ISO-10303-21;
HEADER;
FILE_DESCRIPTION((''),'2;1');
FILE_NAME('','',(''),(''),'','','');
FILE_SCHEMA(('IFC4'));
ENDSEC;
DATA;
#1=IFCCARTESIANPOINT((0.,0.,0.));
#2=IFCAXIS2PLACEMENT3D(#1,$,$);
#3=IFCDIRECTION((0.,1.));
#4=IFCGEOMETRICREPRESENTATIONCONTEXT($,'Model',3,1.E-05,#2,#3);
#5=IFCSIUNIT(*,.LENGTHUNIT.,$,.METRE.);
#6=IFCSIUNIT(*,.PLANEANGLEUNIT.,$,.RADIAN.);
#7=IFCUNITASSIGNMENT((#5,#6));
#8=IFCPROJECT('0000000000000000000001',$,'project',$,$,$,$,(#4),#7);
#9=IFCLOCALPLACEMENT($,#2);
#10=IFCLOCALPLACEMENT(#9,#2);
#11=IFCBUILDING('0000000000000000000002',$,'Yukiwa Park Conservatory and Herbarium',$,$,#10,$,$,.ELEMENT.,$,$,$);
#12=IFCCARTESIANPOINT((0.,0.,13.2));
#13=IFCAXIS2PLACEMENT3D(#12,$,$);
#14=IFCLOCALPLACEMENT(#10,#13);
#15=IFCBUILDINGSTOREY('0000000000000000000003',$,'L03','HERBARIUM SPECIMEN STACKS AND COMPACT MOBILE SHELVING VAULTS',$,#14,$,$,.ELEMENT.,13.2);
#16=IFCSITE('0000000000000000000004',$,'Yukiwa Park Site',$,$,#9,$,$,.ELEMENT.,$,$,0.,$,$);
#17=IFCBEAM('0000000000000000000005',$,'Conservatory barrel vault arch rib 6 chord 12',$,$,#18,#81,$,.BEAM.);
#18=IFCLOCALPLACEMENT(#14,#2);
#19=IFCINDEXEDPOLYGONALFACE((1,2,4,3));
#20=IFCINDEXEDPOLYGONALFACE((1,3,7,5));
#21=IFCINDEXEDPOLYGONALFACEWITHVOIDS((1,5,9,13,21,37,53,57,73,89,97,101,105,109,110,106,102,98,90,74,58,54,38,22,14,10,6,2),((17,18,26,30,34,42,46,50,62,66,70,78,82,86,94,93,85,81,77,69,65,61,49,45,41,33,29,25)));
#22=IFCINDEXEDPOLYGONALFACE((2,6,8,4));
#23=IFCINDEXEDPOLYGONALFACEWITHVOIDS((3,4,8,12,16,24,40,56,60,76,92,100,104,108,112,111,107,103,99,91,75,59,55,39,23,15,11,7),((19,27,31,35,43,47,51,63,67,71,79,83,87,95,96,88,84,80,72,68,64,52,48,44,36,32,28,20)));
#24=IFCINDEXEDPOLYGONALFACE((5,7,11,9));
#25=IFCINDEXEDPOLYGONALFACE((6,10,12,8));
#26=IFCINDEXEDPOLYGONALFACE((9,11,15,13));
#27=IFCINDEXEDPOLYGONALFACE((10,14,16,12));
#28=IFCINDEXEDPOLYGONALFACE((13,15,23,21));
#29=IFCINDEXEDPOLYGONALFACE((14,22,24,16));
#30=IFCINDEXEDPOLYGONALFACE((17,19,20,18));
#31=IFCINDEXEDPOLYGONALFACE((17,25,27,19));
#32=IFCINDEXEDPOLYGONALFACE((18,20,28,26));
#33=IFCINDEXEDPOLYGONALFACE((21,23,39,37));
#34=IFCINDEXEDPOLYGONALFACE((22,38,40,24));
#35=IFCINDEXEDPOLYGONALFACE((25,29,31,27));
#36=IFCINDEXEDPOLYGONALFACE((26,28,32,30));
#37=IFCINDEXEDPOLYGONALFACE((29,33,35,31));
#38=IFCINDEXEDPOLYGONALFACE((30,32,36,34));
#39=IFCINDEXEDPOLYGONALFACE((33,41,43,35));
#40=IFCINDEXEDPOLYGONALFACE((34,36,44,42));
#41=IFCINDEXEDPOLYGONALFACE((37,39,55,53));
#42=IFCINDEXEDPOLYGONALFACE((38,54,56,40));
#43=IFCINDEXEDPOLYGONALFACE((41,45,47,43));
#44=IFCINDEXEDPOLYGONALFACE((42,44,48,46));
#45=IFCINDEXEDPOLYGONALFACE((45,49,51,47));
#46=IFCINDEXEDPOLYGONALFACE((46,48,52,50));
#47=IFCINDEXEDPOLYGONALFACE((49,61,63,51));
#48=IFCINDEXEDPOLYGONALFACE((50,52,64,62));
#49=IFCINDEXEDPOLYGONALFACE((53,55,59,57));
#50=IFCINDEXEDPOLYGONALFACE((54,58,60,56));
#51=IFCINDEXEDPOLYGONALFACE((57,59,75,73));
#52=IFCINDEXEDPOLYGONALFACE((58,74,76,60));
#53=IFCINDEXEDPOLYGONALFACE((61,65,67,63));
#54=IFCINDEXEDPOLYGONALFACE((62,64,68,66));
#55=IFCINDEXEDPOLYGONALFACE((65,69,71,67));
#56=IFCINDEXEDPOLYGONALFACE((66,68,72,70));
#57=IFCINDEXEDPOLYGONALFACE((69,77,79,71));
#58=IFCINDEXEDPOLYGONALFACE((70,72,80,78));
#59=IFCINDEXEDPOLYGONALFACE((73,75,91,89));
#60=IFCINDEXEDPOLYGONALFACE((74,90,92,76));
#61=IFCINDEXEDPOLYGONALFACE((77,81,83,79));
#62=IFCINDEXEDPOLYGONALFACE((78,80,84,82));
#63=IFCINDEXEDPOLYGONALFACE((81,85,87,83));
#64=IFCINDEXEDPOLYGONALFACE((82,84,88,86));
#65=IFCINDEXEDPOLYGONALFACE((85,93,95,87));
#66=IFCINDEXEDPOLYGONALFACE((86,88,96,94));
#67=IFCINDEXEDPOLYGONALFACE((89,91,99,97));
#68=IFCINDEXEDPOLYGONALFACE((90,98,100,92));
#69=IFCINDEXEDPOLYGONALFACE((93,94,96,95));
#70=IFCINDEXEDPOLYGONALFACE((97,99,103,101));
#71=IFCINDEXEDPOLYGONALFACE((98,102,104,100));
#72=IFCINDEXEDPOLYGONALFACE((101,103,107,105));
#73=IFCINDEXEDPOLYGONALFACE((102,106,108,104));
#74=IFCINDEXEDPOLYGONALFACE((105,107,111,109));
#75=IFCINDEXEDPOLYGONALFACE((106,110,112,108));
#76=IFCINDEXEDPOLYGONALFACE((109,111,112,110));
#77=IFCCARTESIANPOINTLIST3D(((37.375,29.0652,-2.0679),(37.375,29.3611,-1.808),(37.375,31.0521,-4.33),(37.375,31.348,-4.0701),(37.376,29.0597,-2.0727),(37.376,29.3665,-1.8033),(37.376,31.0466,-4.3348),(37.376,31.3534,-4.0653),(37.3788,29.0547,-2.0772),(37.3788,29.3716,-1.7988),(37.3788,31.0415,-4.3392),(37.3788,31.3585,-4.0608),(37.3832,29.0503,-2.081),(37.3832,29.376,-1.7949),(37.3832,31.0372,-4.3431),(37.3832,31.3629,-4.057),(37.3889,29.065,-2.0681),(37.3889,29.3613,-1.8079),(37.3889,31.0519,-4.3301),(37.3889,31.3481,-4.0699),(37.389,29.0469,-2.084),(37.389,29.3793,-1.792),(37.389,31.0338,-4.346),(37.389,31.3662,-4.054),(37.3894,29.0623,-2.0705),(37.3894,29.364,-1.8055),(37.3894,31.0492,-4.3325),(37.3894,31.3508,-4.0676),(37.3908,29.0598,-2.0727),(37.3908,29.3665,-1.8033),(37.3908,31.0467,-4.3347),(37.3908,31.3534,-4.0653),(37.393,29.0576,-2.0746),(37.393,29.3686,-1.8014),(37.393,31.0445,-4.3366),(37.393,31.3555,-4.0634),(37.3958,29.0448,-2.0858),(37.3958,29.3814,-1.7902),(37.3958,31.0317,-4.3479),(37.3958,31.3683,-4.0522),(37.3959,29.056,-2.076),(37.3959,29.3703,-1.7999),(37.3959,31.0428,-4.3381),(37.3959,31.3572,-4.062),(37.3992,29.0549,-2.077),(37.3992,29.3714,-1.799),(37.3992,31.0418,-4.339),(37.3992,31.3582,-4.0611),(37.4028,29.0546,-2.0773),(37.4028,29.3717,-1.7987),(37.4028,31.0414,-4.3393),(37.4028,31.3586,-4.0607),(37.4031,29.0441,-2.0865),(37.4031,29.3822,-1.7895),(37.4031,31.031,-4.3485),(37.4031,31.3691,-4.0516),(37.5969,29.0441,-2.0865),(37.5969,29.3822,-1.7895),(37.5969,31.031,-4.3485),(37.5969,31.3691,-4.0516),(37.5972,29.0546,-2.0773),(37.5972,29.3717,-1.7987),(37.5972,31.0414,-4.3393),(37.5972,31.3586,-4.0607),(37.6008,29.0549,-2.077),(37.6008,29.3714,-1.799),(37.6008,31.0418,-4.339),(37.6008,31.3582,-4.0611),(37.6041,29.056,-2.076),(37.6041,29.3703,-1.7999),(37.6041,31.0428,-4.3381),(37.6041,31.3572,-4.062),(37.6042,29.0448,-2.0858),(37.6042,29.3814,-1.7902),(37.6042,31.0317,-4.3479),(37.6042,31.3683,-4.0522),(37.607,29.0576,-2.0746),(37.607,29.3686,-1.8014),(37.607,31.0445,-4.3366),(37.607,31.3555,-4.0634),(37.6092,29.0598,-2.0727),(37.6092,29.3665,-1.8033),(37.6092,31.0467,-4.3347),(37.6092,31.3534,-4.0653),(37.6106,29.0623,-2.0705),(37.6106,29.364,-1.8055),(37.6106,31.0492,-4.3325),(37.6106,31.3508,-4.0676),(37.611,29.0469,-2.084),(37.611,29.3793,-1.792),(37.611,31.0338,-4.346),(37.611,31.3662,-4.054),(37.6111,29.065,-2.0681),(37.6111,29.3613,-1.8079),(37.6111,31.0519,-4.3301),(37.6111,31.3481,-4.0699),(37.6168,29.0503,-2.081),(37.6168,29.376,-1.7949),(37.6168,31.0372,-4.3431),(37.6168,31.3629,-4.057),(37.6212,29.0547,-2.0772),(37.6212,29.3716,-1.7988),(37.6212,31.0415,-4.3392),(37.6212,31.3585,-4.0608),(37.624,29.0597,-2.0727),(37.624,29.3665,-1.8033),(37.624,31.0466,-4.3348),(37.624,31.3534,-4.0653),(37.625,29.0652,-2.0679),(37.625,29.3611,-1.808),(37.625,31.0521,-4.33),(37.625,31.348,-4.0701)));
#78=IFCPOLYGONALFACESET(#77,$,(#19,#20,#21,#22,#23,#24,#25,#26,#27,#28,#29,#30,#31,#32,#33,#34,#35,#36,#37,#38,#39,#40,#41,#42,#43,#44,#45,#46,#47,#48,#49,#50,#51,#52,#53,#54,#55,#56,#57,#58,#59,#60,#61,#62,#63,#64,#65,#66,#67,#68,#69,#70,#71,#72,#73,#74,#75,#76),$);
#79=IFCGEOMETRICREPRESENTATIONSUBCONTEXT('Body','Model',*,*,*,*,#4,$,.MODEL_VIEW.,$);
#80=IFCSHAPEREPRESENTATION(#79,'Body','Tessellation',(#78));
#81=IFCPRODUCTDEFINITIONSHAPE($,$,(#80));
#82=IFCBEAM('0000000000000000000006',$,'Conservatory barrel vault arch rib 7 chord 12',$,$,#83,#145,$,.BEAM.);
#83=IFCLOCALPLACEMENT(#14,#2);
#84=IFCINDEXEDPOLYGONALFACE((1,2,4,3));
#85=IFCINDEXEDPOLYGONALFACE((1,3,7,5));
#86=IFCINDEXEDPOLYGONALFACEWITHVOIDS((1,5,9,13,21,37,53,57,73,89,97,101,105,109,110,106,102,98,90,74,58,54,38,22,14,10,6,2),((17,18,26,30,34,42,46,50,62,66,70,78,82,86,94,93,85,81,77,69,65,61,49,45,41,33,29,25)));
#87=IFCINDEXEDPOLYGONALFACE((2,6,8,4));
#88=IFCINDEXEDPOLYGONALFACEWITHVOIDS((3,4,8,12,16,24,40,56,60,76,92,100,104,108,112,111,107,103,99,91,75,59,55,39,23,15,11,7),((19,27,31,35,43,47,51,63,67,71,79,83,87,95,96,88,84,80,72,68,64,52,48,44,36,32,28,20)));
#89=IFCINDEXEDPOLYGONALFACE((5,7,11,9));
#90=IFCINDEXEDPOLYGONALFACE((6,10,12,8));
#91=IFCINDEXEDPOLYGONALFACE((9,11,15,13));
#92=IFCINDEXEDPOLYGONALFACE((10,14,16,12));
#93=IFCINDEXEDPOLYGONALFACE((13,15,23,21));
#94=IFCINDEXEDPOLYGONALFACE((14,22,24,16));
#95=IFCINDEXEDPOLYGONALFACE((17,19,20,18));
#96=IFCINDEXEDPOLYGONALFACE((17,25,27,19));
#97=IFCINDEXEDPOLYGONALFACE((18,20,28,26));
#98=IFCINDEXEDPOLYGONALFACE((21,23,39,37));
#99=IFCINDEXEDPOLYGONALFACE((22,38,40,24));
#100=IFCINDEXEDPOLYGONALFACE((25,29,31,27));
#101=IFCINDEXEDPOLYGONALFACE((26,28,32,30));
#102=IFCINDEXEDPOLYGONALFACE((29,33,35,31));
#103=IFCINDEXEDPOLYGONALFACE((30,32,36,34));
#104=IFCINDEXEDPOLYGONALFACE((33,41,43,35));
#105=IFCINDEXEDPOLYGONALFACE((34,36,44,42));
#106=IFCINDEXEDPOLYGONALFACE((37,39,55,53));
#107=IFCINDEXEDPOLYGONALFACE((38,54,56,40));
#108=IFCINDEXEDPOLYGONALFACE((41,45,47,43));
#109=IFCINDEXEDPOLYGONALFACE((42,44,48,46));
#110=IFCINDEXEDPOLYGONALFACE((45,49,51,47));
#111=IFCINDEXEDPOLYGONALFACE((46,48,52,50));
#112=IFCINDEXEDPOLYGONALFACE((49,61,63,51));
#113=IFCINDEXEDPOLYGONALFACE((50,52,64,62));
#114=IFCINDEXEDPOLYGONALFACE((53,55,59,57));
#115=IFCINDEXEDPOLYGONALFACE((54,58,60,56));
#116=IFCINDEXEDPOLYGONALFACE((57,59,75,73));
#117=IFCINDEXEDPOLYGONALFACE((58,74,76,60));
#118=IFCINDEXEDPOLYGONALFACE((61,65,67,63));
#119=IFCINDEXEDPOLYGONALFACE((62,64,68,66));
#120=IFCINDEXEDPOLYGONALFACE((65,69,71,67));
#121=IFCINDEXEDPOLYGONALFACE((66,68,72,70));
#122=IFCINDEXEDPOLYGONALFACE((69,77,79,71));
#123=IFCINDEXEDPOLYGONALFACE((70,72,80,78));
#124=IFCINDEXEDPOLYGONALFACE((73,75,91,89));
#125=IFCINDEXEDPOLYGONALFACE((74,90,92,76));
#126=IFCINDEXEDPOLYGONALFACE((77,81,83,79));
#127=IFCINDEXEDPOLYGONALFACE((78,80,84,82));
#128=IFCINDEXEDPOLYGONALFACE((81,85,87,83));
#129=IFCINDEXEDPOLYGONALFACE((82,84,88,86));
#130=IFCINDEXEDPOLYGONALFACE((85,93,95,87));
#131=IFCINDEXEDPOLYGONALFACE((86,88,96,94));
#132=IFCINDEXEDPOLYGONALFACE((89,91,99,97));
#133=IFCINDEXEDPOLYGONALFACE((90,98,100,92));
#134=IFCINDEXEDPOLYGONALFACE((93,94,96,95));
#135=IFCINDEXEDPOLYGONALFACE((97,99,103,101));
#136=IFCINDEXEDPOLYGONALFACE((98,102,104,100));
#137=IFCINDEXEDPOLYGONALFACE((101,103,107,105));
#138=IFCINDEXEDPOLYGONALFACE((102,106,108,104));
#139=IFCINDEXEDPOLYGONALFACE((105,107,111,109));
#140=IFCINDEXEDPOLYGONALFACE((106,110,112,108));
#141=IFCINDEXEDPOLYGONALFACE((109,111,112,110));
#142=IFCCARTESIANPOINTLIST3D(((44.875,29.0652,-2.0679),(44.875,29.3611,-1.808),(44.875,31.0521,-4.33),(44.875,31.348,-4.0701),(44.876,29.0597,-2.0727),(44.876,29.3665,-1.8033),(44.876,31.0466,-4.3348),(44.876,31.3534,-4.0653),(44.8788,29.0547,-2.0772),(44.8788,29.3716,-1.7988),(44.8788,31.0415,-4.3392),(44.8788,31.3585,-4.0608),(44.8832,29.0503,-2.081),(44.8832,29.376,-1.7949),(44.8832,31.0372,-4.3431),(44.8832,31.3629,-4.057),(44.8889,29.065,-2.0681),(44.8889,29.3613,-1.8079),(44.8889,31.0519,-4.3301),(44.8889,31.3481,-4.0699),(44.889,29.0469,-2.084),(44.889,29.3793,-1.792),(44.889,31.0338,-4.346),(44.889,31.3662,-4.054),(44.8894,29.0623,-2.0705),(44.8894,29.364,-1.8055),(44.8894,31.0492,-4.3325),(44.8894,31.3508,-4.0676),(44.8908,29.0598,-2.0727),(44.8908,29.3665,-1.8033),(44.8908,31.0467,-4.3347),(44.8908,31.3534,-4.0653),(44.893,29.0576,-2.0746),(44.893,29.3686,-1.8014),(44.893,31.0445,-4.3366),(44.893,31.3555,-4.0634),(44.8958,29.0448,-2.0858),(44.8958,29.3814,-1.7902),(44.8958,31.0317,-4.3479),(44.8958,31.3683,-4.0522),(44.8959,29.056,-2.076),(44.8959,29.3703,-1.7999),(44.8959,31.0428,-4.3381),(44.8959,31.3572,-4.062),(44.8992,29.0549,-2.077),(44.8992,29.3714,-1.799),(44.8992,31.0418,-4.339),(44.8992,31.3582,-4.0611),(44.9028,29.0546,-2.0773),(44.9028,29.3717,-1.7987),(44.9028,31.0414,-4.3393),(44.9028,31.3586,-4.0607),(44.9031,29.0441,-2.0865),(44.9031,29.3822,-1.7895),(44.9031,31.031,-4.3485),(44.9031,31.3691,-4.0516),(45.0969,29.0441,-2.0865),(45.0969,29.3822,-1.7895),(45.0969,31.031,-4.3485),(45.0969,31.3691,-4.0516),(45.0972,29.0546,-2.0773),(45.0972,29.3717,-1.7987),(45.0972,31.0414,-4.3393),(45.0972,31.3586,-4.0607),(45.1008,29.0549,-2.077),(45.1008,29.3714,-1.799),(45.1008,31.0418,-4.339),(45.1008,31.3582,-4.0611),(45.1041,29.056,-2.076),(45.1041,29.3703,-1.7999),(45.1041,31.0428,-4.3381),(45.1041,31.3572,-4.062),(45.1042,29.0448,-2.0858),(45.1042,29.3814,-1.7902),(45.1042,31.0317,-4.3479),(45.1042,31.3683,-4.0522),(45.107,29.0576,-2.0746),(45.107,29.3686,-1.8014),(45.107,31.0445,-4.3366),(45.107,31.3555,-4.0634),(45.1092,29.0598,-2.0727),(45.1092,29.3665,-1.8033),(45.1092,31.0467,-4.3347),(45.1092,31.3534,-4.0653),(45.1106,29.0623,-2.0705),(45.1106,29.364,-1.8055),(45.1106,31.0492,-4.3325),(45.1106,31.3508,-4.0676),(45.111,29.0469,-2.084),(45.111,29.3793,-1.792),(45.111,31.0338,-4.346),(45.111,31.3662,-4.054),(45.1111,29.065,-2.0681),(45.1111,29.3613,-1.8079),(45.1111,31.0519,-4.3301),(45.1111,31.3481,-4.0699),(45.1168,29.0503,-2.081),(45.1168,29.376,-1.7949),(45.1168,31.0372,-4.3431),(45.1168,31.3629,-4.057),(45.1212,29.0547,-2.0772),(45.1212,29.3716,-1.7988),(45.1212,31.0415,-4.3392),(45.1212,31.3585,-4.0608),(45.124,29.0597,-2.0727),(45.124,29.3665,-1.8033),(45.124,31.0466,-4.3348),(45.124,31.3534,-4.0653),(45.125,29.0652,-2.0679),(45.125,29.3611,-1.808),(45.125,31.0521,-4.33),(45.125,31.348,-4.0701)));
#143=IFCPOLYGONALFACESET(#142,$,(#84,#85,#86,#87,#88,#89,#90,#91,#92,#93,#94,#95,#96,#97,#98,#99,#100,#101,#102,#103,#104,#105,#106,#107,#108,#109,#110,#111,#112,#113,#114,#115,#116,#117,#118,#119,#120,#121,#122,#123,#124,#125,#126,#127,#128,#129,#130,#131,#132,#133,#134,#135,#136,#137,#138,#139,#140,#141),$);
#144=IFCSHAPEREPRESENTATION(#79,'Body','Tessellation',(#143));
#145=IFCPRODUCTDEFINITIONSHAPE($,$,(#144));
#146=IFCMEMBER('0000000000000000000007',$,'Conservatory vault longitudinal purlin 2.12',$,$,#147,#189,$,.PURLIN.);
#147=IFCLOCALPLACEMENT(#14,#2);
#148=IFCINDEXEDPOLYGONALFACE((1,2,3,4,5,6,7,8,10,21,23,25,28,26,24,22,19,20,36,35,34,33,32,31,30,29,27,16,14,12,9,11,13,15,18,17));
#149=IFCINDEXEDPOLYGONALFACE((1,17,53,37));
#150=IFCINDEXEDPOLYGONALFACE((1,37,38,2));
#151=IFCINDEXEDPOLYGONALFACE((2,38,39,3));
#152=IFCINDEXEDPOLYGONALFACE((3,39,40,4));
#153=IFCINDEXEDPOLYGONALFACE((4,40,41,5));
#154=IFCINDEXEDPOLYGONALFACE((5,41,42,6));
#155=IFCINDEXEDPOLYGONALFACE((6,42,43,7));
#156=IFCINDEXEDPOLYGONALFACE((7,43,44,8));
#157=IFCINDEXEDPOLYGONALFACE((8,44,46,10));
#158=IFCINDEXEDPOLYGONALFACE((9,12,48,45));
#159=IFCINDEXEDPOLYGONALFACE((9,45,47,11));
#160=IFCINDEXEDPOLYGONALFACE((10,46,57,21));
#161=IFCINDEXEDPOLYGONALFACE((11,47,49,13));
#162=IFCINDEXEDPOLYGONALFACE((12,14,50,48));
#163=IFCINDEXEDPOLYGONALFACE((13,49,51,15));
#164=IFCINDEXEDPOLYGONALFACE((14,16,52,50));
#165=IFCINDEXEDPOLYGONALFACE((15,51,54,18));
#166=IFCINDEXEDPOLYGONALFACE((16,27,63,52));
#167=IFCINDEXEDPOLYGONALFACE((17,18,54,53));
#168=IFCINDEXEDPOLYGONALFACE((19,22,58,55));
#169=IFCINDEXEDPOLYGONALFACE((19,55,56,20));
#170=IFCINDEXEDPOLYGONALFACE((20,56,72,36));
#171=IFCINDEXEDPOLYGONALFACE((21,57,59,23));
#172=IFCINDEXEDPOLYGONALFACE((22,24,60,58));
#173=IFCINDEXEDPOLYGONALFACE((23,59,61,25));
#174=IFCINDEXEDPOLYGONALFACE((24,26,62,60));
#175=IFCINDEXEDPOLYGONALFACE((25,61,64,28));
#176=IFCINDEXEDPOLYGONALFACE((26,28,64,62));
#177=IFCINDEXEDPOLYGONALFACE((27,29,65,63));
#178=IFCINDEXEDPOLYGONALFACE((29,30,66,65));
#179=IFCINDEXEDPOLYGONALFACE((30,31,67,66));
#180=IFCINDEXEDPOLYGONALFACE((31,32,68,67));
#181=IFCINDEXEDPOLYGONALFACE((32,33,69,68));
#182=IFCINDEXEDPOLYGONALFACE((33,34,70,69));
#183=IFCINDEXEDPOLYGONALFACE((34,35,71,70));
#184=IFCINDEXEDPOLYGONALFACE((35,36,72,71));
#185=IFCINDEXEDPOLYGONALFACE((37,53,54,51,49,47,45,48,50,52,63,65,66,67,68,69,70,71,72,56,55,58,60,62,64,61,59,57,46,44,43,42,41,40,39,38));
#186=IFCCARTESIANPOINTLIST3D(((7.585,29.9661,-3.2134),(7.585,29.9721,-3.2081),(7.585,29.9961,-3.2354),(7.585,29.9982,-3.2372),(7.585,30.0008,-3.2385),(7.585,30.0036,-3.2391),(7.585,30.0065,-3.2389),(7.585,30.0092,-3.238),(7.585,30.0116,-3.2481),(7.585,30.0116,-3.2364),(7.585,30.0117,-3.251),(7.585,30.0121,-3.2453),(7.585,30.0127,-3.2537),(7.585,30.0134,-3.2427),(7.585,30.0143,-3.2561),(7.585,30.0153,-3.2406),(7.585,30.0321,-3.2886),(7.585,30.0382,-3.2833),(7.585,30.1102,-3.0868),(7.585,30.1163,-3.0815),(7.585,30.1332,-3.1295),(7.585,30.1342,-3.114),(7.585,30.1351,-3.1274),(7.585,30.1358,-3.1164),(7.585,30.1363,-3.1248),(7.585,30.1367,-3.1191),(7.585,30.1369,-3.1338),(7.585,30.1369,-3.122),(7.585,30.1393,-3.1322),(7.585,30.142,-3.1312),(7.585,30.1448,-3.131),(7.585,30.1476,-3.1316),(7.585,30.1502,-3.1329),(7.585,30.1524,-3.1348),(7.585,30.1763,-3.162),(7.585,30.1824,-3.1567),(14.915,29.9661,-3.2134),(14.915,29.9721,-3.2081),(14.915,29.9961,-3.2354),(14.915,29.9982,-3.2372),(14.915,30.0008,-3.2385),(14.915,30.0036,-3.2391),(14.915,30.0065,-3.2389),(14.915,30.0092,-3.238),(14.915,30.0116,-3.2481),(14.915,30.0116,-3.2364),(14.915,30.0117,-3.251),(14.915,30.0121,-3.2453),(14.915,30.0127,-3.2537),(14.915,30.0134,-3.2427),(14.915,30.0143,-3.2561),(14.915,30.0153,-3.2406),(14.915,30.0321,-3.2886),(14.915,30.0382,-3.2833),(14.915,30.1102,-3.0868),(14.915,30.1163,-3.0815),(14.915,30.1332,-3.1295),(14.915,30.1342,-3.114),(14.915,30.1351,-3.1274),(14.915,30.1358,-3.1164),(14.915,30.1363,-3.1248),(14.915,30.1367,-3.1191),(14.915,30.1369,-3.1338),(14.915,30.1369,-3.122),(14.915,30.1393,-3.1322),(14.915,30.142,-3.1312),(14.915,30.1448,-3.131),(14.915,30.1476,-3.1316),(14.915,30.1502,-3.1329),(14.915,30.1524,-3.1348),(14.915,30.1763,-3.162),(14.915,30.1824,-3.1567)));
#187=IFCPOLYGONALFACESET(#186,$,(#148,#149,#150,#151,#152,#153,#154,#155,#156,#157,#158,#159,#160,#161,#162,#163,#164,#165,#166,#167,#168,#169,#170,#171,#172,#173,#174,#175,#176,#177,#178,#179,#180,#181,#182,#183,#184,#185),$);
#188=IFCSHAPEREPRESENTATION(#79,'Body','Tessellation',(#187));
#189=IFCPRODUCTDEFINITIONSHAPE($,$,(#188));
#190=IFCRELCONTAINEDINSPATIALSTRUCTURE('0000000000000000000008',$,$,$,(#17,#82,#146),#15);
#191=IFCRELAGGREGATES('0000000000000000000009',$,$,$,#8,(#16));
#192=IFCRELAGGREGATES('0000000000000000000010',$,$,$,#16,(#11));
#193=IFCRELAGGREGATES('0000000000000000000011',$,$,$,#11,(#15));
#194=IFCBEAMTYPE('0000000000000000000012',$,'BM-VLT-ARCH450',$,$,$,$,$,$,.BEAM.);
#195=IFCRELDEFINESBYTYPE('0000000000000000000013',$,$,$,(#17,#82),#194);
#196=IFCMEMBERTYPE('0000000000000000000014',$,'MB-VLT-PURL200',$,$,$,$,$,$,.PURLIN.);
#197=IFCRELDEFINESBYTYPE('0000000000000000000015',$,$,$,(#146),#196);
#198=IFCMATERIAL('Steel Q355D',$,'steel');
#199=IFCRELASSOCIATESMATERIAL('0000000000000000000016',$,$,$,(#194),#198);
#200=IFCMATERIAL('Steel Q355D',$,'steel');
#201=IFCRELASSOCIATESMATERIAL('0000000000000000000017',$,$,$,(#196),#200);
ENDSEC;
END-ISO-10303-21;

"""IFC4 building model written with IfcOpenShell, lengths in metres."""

from ifc_helpers import new_model, si_unit, direction, frame, origin, origin_2d, place, context, subcontext, project, spatial, hollow_rectangle, i_section, extrude, material, material_profile, profile_set, type_object, element, save


model = new_model("IFC4")

# Units and contexts
model_context = context("Model", 3, precision=1e-05, world=origin(), true_north=direction((0.0, 1.0)))
body_context = subcontext(model_context, "Body", "Model", "MODEL_VIEW")
ifc_project = project(units=[si_unit("LENGTHUNIT", "METRE"), si_unit("PLANEANGLEUNIT", "RADIAN")], contexts=[model_context])

# Site, building, storey
site_placement = place(None, origin())
site = spatial("IfcSite", under=ifc_project, at=site_placement, Name="Yukiwa Park Site", CompositionType="ELEMENT", RefElevation=0.0)
building_placement = place(site_placement, origin())
building = spatial("IfcBuilding", under=site, at=building_placement, Name="Yukiwa Park Conservatory and Herbarium", CompositionType="ELEMENT")
storey_placement = place(building_placement, frame((0.0, 0.0, 13.2)))
storey = spatial("IfcBuildingStorey", under=building, at=storey_placement, Name="L03", Description="HERBARIUM SPECIMEN STACKS AND COMPACT MOBILE SHELVING VAULTS", CompositionType="ELEMENT", Elevation=13.2)

# Beams
ifc_material_1 = material(Name="Steel Q355D", Category="steel")
ifc_material_profile_1 = material_profile(ifc_material_1, hollow_rectangle(XDim=0.25, YDim=0.45, WallThickness=0.0139, InnerFilletRadius=0.0139, OuterFilletRadius=0.0281, at=origin_2d()), Name="RHS 450x250x14")
ifc_profile_set_1 = profile_set([ifc_material_profile_1], Name="Steel Q355D")
beam_type = type_object("IfcBeamType", Name="BM-VLT-ARCH450", PredefinedType="BEAM", material=ifc_profile_set_1)
for number, where, z_axis, x_axis, name in (
    (1, (37.5, 29.2131, -1.938), (0.0, 0.659933, -0.751324), (-1.0, 0.0, 0.0), "Conservatory barrel vault arch rib 6 chord 12"),
    (2, (45.0, 29.2131, -1.938), (0.0, 0.659933, -0.751324), (-1.0, 0.0, 0.0), "Conservatory barrel vault arch rib 7 chord 12"),
):
    element("IfcBeam", number, at=place(storey_placement, frame(where, z_axis=z_axis, x_axis=x_axis)), inside=storey, type_object=beam_type, Name=name, PredefinedType="BEAM", context=body_context, shape_type="SweptSolid", body=[
        extrude(hollow_rectangle(XDim=0.25, YDim=0.45, WallThickness=0.0139, InnerFilletRadius=0.0139, OuterFilletRadius=0.0281, at=origin_2d()), origin(), (0.0, 0.0, 1.0), 3.0107),
    ])

# Member
ifc_material_2 = material(Name="Steel Q355D", Category="steel")
ifc_material_profile_2 = material_profile(ifc_material_2, i_section(OverallWidth=0.1001, OverallDepth=0.2, WebThickness=0.0056, FlangeThickness=0.0081, FilletRadius=0.011, at=origin_2d()), Name="HN 200x100x5.5x8")
ifc_profile_set_2 = profile_set([ifc_material_profile_2], Name="Steel Q355D")
member_type_1 = type_object("IfcMemberType", Name="MB-VLT-PURL200", PredefinedType="PURLIN", material=ifc_profile_set_2)
for number, where, z_axis, x_axis, name in (
    (3, (7.585, 30.0742, -3.1851), (1.0, 0.0, 0.0), (0.0, 0.659968, -0.751294), "Conservatory vault longitudinal purlin 2.12"),
):
    element("IfcMember", number, at=place(storey_placement, frame(where, z_axis=z_axis, x_axis=x_axis)), inside=storey, type_object=member_type_1, Name=name, PredefinedType="PURLIN", context=body_context, shape_type="SweptSolid", body=[
        extrude(i_section(OverallWidth=0.1001, OverallDepth=0.2, WebThickness=0.0056, FlangeThickness=0.0081, FilletRadius=0.011, at=origin_2d()), origin(), (0.0, 0.0, 1.0), 7.3301),
    ])

save(model, "model.ifc")
